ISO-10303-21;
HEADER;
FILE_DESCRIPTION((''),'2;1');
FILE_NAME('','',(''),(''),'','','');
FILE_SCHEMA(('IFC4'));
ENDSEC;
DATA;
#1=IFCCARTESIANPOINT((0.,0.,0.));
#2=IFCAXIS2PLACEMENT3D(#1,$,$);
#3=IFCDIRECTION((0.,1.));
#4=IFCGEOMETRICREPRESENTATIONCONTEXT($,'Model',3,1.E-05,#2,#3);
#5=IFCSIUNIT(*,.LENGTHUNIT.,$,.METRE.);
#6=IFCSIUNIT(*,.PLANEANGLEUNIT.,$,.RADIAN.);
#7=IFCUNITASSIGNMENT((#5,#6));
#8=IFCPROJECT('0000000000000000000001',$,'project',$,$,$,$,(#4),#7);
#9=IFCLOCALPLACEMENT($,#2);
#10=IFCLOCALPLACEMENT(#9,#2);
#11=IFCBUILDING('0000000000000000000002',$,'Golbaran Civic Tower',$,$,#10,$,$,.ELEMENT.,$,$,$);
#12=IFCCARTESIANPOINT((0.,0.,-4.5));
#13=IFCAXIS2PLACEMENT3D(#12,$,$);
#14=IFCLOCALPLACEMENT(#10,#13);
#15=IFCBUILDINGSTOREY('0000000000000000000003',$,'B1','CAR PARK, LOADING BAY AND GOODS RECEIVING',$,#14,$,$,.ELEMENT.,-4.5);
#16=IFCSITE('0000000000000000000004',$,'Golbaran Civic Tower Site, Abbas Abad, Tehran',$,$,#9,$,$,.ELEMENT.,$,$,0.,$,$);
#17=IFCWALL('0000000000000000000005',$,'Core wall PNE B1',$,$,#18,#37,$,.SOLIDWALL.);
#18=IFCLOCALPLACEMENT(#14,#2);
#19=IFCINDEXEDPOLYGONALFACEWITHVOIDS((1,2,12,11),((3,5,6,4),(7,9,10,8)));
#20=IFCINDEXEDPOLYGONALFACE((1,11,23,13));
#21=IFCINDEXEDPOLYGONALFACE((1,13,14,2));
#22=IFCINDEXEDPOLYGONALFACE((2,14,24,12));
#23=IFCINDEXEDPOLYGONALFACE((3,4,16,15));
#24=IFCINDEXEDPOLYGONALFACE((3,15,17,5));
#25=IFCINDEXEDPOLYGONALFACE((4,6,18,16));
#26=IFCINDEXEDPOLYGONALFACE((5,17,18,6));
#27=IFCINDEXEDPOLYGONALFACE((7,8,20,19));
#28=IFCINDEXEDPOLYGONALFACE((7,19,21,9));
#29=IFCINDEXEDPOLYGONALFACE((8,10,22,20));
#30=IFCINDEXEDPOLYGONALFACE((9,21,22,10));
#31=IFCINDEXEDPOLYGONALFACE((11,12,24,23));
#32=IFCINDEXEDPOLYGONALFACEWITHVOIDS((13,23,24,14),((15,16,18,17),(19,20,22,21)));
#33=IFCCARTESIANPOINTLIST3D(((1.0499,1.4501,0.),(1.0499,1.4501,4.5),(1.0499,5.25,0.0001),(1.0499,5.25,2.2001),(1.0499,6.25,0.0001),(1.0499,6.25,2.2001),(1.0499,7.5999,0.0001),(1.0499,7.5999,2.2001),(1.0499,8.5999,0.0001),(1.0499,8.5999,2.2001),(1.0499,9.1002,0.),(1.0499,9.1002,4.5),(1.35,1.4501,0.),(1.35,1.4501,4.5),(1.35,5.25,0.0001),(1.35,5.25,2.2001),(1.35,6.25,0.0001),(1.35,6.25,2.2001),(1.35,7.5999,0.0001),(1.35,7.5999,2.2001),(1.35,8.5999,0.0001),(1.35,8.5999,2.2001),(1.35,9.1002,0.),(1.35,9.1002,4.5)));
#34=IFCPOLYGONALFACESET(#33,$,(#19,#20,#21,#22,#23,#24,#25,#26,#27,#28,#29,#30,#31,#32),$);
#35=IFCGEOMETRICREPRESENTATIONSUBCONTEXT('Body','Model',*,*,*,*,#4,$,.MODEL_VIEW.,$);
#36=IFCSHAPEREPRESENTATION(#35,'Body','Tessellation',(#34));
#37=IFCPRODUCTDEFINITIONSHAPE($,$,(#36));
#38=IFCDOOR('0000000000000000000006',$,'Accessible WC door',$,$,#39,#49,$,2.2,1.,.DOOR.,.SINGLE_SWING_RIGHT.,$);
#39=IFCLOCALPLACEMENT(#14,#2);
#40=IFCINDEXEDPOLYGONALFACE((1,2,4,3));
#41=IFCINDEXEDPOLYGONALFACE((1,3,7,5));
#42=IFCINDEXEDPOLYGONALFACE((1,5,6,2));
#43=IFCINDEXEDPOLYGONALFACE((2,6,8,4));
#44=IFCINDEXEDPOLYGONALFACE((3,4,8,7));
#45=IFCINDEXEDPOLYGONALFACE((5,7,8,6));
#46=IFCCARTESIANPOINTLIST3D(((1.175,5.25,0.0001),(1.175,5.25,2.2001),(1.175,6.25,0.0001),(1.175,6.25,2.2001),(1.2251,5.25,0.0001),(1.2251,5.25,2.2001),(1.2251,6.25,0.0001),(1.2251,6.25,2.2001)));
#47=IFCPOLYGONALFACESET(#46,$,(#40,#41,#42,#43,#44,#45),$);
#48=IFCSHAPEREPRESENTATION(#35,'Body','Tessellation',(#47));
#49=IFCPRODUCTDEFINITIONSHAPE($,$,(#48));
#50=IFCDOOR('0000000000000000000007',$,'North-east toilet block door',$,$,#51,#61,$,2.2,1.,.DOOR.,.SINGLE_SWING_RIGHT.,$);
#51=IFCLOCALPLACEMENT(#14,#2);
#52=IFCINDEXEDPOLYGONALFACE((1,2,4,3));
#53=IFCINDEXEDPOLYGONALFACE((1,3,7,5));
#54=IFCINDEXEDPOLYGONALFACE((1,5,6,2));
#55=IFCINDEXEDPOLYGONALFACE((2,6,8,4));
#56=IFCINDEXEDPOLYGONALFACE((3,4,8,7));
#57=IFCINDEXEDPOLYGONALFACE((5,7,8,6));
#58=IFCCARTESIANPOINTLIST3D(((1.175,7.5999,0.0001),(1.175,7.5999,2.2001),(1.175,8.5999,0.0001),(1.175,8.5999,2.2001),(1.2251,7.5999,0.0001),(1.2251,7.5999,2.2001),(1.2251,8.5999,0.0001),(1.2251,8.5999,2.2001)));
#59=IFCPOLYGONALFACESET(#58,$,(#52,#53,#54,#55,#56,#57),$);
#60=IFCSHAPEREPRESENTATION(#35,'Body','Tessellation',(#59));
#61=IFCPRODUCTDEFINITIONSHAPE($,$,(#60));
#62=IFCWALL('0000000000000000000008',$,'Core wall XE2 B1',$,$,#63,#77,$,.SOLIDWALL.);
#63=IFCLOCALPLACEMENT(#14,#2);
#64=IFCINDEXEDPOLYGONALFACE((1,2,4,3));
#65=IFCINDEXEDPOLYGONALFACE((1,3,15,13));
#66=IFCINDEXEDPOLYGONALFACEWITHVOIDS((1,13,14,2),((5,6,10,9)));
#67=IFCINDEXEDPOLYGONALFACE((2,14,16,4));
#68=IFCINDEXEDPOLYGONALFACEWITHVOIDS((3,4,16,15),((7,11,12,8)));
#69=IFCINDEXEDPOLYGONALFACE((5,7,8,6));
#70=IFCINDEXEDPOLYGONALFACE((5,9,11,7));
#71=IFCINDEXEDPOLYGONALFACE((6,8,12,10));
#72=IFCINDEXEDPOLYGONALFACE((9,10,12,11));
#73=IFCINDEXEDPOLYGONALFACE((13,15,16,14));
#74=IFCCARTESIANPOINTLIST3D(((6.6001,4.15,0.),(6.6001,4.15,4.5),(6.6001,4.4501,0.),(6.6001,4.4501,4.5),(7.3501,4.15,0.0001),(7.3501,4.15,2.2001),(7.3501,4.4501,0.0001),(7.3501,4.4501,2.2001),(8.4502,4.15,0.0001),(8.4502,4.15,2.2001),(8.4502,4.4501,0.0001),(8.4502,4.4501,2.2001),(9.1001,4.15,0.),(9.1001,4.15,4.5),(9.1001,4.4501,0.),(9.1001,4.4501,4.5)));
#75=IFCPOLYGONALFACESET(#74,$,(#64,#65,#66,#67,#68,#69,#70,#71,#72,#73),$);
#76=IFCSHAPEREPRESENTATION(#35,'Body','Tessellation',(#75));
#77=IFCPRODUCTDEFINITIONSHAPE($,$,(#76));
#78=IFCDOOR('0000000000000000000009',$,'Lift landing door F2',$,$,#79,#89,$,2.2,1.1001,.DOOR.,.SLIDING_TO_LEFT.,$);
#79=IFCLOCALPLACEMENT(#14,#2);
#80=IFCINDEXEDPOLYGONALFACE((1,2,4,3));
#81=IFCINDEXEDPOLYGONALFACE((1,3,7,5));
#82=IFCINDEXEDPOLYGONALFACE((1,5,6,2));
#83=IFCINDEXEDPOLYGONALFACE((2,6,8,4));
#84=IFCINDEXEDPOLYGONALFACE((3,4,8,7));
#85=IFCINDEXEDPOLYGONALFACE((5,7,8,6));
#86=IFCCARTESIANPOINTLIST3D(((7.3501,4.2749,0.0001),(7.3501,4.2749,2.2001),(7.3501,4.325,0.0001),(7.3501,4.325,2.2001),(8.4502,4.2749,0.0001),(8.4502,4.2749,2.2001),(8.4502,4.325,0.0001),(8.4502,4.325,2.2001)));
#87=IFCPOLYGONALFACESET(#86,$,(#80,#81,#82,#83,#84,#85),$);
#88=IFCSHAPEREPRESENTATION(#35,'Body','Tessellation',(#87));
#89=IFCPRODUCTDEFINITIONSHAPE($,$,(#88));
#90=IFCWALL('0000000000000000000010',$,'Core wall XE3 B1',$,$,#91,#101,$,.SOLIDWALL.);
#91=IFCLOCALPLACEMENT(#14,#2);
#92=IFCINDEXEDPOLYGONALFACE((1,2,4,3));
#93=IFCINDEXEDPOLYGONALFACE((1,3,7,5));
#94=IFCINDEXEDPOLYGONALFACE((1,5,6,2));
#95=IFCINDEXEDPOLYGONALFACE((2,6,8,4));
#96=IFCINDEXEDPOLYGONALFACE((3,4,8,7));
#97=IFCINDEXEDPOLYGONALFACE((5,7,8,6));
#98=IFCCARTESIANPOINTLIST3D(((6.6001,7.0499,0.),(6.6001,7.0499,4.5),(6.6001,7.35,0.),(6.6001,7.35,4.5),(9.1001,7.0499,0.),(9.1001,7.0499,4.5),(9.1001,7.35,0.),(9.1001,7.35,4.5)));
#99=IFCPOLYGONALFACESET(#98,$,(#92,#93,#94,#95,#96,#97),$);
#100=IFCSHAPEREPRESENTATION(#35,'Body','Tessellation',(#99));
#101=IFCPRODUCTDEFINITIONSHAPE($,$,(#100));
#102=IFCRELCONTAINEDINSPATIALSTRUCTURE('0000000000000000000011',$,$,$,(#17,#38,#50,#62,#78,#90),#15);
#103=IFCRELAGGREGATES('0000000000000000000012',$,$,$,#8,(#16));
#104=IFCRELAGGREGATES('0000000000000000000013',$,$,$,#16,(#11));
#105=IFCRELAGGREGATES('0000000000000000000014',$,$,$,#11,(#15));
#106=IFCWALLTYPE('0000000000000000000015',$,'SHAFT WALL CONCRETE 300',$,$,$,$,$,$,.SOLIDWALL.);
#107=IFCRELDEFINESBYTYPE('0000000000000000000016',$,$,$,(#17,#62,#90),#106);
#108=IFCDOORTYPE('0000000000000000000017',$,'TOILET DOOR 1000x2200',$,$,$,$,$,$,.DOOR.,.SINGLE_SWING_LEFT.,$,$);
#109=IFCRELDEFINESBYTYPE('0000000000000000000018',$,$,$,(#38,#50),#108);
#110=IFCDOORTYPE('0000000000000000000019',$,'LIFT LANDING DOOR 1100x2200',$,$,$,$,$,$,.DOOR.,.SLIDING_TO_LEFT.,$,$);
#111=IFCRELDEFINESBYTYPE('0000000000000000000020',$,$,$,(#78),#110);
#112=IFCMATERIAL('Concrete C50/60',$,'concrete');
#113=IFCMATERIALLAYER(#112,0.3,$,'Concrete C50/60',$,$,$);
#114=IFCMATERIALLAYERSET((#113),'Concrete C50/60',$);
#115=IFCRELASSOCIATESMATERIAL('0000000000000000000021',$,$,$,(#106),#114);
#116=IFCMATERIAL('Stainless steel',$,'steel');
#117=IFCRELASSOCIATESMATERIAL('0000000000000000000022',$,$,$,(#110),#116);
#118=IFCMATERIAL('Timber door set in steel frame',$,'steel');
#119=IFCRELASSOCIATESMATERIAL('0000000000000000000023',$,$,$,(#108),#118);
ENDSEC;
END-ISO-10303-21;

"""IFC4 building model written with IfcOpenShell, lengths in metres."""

from ifc_helpers import new_model, si_unit, direction, frame, frame_2d, origin, place, context, subcontext, project, spatial, rectangle, extrude, material, layer, layer_set, type_object, element, fill, save


model = new_model("IFC4")

# Units and contexts
model_context = context("Model", 3, precision=1e-05, world=origin(), true_north=direction((0.0, 1.0)))
body_context = subcontext(model_context, "Body", "Model", "MODEL_VIEW")
ifc_project = project(units=[si_unit("LENGTHUNIT", "METRE"), si_unit("PLANEANGLEUNIT", "RADIAN")], contexts=[model_context])

# Site, building, storey
site_placement = place(None, origin())
site = spatial("IfcSite", under=ifc_project, at=site_placement, Name="Golbaran Civic Tower Site, Abbas Abad, Tehran", CompositionType="ELEMENT", RefElevation=0.0)
building_placement = place(site_placement, origin())
building = spatial("IfcBuilding", under=site, at=building_placement, Name="Golbaran Civic Tower", CompositionType="ELEMENT")
storey_placement = place(building_placement, frame((0.0, 0.0, -4.5)))
storey = spatial("IfcBuildingStorey", under=building, at=storey_placement, Name="B1", Description="CAR PARK, LOADING BAY AND GOODS RECEIVING", CompositionType="ELEMENT", Elevation=-4.5)

# Shared definitions
ifc_material_1 = material(Name="Concrete C50/60", Category="concrete")

# Shared definitions
ifc_material_2 = material(Name="Timber door set in steel frame", Category="steel")

# Shared definitions
ifc_layer_1 = layer(ifc_material_1, 0.3, Name="Concrete C50/60")
ifc_layer_set_1 = layer_set([ifc_layer_1], Name="Concrete C50/60")
wall_type_1 = type_object("IfcWallType", Name="SHAFT WALL CONCRETE 300", PredefinedType="SOLIDWALL", material=ifc_layer_set_1)
ifc_material_3 = material(Name="Stainless steel", Category="steel")
door_type_1 = type_object("IfcDoorType", Name="LIFT LANDING DOOR 1100x2200", OperationType="SLIDING_TO_LEFT", PredefinedType="DOOR", material=ifc_material_3)

# Wall, openings, doors
wall_1_placement = place(storey_placement, frame((1.2, 1.45, 0.0), z_axis=(0.0, 0.0, 1.0), x_axis=(0.0, 1.0, 0.0)))
wall_1 = element("IfcWall", 1, at=wall_1_placement, inside=storey, type_object=wall_type_1, Name="Core wall PNE B1", PredefinedType="SOLIDWALL", context=body_context, shape_type="SweptSolid", body=[
    extrude(rectangle(XDim=7.6501, YDim=0.3, at=frame_2d((3.8252, 0.0))), origin(), (0.0, 0.0, 1.0), 4.5),
])
opening_1_placement = place(wall_1_placement, frame((3.8, 0.0, 0.0)))
opening_1 = element("IfcOpeningElement", 2, at=opening_1_placement, cuts=wall_1, PredefinedType="OPENING", context=body_context, shape_type="SweptSolid", body=[
    extrude(rectangle(XDim=1.0, YDim=2.2, at=frame_2d((0.5, 1.1001))), frame((0.0, 0.1599, 0.0), z_axis=(0.0, -1.0, 0.0), x_axis=(1.0, 0.0, 0.0)), (0.0, 0.0, 1.0), 0.3201),
])
opening_2_placement = place(wall_1_placement, frame((6.1499, 0.0, 0.0)))
opening_2 = element("IfcOpeningElement", 3, at=opening_2_placement, cuts=wall_1, PredefinedType="OPENING", context=body_context, shape_type="SweptSolid", body=[
    extrude(rectangle(XDim=1.0, YDim=2.2, at=frame_2d((0.5, 1.1001))), frame((0.0, 0.1599, 0.0), z_axis=(0.0, -1.0, 0.0), x_axis=(1.0, 0.0, 0.0)), (0.0, 0.0, 1.0), 0.3201),
])
door_type_2 = type_object("IfcDoorType", Name="TOILET DOOR 1000x2200", OperationType="SINGLE_SWING_LEFT", PredefinedType="DOOR", material=ifc_material_2)
door_1_placement = place(opening_1_placement, origin())
door_1 = element("IfcDoor", 4, at=door_1_placement, inside=storey, type_object=door_type_2, Name="Accessible WC door", OperationType="SINGLE_SWING_RIGHT", OverallHeight=2.2, OverallWidth=1.0, PredefinedType="DOOR", context=body_context, shape_type="SweptSolid", body=[
    extrude(rectangle(XDim=1.0, YDim=2.2, at=frame_2d((0.5, 1.1001))), frame((0.0, 0.0249, 0.0), z_axis=(0.0, -1.0, 0.0), x_axis=(1.0, 0.0, 0.0)), (0.0, 0.0, 1.0), 0.05),
])
fill(opening_1, door_1)
door_2_placement = place(opening_2_placement, origin())
door_2 = element("IfcDoor", 5, at=door_2_placement, inside=storey, type_object=door_type_2, Name="North-east toilet block door", OperationType="SINGLE_SWING_RIGHT", OverallHeight=2.2, OverallWidth=1.0, PredefinedType="DOOR", context=body_context, shape_type="SweptSolid", body=[
    extrude(rectangle(XDim=1.0, YDim=2.2, at=frame_2d((0.5, 1.1001))), frame((0.0, 0.0249, 0.0), z_axis=(0.0, -1.0, 0.0), x_axis=(1.0, 0.0, 0.0)), (0.0, 0.0, 1.0), 0.05),
])
fill(opening_2, door_2)

# Wall, opening, door
wall_2_placement = place(storey_placement, frame((6.6001, 4.3, 0.0), z_axis=(0.0, 0.0, 1.0), x_axis=(1.0, 0.0, 0.0)))
wall_2 = element("IfcWall", 6, at=wall_2_placement, inside=storey, type_object=wall_type_1, Name="Core wall XE2 B1", PredefinedType="SOLIDWALL", context=body_context, shape_type="SweptSolid", body=[
    extrude(rectangle(XDim=2.5, YDim=0.3, at=frame_2d((1.25, 0.0))), origin(), (0.0, 0.0, 1.0), 4.5),
])
opening_3_placement = place(wall_2_placement, frame((0.75, 0.0, 0.0)))
opening_3 = element("IfcOpeningElement", 7, at=opening_3_placement, cuts=wall_2, PredefinedType="OPENING", context=body_context, shape_type="SweptSolid", body=[
    extrude(rectangle(XDim=1.1001, YDim=2.2, at=frame_2d((0.55, 1.1001))), frame((0.0, 0.1599, 0.0), z_axis=(0.0, -1.0, 0.0), x_axis=(1.0, 0.0, 0.0)), (0.0, 0.0, 1.0), 0.3201),
])
door_3_placement = place(opening_3_placement, origin())
door_3 = element("IfcDoor", 8, at=door_3_placement, inside=storey, type_object=door_type_1, Name="Lift landing door F2", OperationType="SLIDING_TO_LEFT", OverallHeight=2.2, OverallWidth=1.1001, PredefinedType="DOOR", context=body_context, shape_type="SweptSolid", body=[
    extrude(rectangle(XDim=1.1001, YDim=2.2, at=frame_2d((0.55, 1.1001))), frame((0.0, 0.0249, 0.0), z_axis=(0.0, -1.0, 0.0), x_axis=(1.0, 0.0, 0.0)), (0.0, 0.0, 1.0), 0.05),
])
fill(opening_3, door_3)

# Wall
wall_3_placement = place(storey_placement, frame((6.6001, 7.2, 0.0), z_axis=(0.0, 0.0, 1.0), x_axis=(1.0, 0.0, 0.0)))
element("IfcWall", 9, at=wall_3_placement, inside=storey, type_object=wall_type_1, Name="Core wall XE3 B1", PredefinedType="SOLIDWALL", context=body_context, shape_type="SweptSolid", body=[
    extrude(rectangle(XDim=2.5, YDim=0.3, at=frame_2d((1.25, 0.0))), origin(), (0.0, 0.0, 1.0), 4.5),
])

save(model, "model.ifc")
